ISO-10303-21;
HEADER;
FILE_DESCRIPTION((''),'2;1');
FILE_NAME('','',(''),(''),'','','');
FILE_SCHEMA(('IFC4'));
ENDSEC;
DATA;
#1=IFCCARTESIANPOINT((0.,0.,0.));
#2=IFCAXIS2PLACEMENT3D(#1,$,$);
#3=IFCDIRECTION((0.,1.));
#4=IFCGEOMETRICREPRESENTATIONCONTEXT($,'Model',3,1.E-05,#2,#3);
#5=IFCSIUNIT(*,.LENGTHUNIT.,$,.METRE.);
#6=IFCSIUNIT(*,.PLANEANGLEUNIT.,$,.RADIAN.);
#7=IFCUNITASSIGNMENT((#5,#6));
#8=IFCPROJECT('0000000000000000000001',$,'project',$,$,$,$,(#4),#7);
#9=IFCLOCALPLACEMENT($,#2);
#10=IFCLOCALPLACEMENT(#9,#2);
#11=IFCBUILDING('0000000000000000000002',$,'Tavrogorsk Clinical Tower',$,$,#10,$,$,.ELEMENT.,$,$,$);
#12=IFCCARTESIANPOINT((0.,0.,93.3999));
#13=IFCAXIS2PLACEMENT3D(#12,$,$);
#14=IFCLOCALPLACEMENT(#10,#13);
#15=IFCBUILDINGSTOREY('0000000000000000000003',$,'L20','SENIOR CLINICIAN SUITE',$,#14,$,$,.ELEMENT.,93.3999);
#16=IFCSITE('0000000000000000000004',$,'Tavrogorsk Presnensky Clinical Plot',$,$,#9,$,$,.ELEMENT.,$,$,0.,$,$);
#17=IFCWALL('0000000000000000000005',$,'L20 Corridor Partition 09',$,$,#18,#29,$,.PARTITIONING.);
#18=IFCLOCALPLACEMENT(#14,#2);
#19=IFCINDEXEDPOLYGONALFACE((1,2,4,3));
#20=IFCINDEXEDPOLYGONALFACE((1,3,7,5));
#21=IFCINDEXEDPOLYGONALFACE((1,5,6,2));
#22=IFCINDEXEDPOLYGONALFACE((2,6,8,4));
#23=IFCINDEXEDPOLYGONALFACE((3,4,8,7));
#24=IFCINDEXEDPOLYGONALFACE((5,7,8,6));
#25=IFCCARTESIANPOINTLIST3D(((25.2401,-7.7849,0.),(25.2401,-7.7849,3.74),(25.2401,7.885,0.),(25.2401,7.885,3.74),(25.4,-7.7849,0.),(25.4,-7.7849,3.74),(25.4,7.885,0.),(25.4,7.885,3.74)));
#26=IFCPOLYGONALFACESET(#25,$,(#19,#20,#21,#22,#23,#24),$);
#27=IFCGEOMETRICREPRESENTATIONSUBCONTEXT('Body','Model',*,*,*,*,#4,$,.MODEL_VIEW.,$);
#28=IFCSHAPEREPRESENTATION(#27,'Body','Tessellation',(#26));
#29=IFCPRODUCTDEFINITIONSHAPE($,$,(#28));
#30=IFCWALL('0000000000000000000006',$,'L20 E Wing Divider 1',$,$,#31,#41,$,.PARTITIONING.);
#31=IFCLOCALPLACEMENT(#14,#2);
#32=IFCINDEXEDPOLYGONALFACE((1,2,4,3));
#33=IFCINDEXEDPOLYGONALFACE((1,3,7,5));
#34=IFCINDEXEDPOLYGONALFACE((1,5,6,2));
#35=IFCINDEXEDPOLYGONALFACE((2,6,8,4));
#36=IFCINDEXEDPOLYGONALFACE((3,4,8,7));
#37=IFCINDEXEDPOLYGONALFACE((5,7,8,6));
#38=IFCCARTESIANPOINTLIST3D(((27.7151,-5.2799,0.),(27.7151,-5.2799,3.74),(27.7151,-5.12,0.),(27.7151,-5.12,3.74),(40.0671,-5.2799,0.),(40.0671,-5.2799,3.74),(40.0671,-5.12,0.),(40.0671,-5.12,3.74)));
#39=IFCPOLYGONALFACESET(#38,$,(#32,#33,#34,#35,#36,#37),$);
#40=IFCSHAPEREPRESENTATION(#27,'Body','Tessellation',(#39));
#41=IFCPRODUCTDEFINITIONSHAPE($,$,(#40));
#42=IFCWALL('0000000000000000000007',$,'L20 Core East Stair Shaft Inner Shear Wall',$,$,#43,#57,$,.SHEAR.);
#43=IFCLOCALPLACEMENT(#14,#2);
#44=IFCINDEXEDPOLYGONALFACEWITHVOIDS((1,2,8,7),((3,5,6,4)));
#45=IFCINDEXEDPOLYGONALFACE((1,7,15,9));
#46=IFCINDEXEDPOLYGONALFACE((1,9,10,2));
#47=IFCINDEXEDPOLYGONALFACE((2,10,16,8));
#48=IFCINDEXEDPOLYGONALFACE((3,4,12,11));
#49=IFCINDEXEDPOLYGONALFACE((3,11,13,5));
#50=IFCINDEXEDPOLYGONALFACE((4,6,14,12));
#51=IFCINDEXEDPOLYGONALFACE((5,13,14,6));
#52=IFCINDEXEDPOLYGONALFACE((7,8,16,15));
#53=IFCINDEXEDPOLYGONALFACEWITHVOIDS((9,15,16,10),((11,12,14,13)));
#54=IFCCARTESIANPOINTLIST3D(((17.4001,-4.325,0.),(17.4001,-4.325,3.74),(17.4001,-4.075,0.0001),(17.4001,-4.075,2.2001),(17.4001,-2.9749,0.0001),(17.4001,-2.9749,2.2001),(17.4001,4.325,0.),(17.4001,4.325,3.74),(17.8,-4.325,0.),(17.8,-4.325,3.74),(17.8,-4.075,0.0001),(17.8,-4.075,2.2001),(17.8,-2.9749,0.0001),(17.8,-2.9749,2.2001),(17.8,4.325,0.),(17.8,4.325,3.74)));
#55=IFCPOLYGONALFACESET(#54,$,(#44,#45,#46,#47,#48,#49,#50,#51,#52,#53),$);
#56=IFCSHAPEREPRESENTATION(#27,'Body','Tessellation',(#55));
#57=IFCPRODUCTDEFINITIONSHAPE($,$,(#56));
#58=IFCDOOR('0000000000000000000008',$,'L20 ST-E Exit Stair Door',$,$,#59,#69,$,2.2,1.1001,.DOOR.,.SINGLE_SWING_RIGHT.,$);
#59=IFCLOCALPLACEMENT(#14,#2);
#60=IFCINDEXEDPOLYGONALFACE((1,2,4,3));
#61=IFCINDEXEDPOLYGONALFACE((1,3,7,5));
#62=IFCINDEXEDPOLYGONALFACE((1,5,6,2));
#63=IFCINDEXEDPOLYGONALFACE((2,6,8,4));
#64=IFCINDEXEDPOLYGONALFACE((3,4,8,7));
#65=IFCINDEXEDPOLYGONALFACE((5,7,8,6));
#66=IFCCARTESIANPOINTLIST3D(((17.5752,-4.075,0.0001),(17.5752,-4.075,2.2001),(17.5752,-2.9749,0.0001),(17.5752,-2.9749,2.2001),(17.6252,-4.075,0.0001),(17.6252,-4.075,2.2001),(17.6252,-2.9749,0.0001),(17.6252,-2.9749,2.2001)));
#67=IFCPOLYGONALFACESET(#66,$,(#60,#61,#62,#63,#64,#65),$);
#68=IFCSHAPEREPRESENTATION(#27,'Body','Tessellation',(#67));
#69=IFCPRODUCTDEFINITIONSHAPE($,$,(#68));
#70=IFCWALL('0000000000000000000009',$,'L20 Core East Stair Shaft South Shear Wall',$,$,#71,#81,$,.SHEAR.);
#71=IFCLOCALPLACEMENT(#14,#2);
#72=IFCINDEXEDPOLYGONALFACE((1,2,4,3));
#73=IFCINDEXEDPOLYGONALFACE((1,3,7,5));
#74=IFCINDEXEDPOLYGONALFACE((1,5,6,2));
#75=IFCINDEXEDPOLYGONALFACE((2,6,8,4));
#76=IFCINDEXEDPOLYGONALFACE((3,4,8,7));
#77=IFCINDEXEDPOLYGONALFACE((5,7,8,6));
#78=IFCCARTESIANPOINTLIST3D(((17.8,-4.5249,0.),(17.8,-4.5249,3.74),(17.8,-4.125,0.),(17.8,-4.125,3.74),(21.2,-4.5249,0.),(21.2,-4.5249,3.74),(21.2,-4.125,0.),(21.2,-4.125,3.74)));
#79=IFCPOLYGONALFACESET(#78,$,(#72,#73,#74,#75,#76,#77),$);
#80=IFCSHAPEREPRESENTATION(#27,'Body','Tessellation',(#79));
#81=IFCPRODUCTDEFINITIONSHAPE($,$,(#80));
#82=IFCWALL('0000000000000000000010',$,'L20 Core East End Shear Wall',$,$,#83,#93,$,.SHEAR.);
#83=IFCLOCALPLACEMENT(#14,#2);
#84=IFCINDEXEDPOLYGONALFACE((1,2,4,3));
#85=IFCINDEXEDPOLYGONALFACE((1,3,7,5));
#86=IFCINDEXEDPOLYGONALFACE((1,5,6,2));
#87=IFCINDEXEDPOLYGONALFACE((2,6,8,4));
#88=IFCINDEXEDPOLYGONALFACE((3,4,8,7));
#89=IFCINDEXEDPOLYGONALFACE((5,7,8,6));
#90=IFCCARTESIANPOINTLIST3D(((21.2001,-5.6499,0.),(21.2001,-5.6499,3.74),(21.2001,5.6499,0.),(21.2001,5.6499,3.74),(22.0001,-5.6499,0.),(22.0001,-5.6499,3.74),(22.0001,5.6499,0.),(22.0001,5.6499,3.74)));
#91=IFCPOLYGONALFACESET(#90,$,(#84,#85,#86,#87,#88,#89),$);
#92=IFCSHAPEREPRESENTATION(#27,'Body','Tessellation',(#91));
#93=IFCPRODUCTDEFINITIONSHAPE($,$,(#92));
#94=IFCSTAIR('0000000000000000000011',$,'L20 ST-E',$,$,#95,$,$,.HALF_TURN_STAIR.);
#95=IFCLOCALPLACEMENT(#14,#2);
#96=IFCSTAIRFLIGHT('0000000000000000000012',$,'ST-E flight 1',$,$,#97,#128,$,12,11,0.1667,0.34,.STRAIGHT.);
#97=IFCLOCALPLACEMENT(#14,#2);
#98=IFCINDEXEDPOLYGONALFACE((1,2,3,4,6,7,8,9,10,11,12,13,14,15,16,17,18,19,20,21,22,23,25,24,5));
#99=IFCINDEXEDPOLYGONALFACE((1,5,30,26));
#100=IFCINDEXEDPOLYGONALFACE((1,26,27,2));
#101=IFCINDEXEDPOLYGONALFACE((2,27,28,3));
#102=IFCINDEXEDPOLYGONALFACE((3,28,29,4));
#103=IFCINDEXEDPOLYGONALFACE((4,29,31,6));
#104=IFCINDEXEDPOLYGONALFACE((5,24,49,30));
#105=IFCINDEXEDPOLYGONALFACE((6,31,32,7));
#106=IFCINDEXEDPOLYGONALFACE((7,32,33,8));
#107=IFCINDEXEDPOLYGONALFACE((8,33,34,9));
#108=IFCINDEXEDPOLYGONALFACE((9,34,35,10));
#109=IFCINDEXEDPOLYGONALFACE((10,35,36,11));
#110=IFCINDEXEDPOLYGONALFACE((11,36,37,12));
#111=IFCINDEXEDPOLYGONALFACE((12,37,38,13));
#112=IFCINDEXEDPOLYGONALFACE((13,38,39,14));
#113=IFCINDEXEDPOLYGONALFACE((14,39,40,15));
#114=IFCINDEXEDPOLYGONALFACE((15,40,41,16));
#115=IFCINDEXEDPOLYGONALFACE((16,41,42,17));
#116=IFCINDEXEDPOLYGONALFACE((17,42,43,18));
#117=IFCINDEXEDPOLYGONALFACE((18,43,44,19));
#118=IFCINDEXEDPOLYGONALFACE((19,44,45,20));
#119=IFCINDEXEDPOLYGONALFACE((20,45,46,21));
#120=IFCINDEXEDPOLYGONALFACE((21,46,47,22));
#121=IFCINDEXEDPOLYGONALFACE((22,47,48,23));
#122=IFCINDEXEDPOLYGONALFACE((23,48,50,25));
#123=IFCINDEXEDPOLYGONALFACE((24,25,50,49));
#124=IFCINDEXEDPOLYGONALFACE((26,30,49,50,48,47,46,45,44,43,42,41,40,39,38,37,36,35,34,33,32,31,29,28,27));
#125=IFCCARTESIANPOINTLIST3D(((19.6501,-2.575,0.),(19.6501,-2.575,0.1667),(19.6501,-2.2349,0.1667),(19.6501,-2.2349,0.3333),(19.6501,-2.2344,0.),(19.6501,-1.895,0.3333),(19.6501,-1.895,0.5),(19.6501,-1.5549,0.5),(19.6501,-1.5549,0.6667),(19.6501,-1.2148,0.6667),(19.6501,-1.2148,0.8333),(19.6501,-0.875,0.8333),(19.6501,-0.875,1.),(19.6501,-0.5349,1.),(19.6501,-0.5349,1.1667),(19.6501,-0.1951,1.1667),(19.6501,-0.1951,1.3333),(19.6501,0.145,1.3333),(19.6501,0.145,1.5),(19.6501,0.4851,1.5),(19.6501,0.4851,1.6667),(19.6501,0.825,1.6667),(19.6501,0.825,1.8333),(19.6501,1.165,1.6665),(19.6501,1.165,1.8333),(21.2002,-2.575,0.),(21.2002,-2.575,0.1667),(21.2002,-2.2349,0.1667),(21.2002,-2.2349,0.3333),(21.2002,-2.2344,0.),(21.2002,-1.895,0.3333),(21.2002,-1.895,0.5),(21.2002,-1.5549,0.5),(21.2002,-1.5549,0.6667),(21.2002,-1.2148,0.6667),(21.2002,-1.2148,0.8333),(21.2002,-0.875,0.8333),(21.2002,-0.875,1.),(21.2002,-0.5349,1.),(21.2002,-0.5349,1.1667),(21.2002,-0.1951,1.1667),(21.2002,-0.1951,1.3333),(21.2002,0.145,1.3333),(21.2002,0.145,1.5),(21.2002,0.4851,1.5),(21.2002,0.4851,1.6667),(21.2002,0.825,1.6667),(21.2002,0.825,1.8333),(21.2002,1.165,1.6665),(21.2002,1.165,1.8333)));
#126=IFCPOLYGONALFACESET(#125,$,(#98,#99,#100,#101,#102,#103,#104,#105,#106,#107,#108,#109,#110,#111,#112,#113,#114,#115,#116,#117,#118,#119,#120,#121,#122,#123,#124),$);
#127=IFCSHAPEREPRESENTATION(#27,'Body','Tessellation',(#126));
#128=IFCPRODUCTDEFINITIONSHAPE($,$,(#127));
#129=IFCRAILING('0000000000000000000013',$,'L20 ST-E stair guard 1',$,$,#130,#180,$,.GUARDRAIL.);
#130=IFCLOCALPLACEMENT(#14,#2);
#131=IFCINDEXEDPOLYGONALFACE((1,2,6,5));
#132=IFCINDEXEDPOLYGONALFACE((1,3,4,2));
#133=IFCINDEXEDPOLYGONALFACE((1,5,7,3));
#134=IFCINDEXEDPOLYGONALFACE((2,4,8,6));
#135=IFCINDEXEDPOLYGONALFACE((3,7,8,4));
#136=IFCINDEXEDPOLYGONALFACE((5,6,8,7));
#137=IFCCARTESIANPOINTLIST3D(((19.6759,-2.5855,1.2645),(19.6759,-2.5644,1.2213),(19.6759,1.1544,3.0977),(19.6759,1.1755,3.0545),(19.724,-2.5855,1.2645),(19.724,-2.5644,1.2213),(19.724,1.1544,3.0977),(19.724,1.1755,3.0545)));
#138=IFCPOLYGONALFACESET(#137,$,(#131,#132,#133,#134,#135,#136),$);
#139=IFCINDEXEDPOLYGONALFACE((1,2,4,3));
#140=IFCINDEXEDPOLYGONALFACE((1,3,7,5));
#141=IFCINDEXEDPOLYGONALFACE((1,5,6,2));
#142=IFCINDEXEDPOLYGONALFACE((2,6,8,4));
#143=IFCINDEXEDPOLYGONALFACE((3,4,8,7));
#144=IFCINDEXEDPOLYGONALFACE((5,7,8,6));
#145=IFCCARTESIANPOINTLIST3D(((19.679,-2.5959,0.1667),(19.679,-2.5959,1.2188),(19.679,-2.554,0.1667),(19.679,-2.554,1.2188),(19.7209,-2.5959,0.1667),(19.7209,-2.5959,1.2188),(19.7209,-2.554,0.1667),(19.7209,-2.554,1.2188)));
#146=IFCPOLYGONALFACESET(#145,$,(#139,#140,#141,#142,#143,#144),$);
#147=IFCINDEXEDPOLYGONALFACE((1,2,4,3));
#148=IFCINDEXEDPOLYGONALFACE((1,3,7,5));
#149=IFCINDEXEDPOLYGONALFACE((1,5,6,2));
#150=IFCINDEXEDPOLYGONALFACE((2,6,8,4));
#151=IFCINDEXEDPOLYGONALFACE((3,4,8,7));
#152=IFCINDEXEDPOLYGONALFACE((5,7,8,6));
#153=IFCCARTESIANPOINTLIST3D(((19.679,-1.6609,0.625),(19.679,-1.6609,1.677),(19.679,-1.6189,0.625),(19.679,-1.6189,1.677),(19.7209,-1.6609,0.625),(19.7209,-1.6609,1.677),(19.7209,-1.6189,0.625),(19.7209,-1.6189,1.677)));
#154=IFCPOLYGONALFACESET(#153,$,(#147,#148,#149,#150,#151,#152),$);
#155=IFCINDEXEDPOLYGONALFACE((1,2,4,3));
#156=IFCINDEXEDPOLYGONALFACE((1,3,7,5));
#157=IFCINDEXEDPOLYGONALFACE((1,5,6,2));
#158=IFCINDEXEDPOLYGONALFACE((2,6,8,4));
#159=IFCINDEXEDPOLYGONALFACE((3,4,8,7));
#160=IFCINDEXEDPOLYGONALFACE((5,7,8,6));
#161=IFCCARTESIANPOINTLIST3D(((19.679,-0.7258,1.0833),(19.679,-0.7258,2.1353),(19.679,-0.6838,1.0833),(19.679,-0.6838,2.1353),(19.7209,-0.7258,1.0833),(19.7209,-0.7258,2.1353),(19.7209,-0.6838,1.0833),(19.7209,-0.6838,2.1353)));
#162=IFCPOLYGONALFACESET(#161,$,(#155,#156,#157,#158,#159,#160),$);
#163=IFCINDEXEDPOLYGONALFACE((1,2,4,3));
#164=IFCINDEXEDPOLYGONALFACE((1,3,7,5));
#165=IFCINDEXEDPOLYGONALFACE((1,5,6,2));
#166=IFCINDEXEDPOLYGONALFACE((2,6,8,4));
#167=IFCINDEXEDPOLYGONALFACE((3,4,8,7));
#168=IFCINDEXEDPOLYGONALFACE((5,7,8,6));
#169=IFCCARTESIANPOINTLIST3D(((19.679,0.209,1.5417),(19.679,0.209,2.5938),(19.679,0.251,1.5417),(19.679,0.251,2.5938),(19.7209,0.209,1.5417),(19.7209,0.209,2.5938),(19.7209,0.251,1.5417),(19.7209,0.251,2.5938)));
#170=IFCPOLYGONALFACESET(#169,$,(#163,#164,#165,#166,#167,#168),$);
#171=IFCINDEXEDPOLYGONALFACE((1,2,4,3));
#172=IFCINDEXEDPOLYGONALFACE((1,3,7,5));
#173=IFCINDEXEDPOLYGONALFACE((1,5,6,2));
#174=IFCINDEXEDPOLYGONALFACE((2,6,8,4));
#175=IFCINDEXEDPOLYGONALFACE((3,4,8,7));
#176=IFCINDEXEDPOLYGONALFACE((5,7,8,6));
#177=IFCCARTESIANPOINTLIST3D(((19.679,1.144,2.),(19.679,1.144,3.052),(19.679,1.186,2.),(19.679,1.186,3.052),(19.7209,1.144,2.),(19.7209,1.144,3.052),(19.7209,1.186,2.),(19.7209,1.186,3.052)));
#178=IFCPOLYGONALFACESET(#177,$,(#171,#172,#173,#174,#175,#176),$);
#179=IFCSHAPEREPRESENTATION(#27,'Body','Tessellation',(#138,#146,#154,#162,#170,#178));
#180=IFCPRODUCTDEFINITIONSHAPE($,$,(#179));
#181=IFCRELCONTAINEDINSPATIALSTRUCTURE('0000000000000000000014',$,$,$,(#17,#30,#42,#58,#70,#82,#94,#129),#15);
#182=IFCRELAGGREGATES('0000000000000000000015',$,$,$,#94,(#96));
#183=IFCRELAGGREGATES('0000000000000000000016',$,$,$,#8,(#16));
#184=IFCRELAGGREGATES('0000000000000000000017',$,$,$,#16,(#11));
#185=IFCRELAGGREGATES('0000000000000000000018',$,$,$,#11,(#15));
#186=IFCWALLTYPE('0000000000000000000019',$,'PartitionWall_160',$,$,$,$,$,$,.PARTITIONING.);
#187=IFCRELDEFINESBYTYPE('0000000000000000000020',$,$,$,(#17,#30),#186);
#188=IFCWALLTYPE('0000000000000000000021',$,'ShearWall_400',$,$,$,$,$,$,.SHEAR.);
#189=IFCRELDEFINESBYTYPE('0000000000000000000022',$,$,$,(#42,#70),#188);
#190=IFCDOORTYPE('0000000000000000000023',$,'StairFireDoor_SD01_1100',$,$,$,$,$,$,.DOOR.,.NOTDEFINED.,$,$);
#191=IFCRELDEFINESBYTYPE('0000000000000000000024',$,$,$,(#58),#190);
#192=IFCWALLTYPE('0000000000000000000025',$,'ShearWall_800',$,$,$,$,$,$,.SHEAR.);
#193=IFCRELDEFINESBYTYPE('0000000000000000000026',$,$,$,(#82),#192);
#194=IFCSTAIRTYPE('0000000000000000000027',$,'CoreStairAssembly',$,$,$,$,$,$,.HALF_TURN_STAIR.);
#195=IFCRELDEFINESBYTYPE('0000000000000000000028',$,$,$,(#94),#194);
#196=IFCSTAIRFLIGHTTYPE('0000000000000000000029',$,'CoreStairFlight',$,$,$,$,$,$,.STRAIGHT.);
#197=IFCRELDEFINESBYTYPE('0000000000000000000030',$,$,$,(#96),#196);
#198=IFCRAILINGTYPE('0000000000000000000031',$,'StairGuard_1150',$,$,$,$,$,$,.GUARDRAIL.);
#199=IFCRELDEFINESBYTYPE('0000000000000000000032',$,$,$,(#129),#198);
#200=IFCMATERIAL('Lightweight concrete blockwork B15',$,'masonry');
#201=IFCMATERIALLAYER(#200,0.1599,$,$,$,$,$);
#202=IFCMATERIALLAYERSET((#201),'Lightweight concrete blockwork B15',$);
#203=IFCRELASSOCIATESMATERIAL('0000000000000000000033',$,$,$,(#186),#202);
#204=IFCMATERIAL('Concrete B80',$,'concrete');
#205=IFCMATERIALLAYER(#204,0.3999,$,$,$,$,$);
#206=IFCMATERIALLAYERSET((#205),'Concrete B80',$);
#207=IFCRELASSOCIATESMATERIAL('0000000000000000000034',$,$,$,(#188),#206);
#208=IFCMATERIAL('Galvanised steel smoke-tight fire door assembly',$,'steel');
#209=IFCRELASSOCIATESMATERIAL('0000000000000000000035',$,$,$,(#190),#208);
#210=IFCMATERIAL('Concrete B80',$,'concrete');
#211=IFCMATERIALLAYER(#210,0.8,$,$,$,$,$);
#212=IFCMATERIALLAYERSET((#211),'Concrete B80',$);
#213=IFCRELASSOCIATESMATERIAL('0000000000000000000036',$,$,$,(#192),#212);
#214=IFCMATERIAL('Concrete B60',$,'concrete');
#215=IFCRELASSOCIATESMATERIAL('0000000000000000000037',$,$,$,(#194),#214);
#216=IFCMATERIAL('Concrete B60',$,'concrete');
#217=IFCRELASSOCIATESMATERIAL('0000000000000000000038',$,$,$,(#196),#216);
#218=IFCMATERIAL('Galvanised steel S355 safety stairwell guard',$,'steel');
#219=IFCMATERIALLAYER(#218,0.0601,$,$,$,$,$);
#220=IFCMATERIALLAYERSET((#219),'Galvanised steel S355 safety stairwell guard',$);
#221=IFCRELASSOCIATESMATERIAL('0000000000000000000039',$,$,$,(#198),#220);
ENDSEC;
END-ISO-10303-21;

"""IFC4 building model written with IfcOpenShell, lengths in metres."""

from ifc_helpers import new_model, si_unit, direction, frame, frame_2d, origin, origin_2d, place, context, subcontext, project, spatial, polyline, rectangle, outline, extrude, material, layer, layer_set, type_object, element, fill, aggregate, save


model = new_model("IFC4")

# Units and contexts
model_context = context("Model", 3, precision=1e-05, world=origin(), true_north=direction((0.0, 1.0)))
body_context = subcontext(model_context, "Body", "Model", "MODEL_VIEW")
ifc_project = project(units=[si_unit("LENGTHUNIT", "METRE"), si_unit("PLANEANGLEUNIT", "RADIAN")], contexts=[model_context])

# Site, building, storey
site_placement = place(None, origin())
site = spatial("IfcSite", under=ifc_project, at=site_placement, Name="Tavrogorsk Presnensky Clinical Plot", CompositionType="ELEMENT", RefElevation=0.0)
building_placement = place(site_placement, origin())
building = spatial("IfcBuilding", under=site, at=building_placement, Name="Tavrogorsk Clinical Tower", CompositionType="ELEMENT")
storey_placement = place(building_placement, frame((0.0, 0.0, 93.3999)))
storey = spatial("IfcBuildingStorey", under=building, at=storey_placement, Name="L20", Description="SENIOR CLINICIAN SUITE", CompositionType="ELEMENT", Elevation=93.3999)

# Shared definitions
ifc_material_1 = material(Name="Lightweight concrete blockwork B15", Category="masonry")
ifc_layer_1 = layer(ifc_material_1, 0.1599)
ifc_layer_set_1 = layer_set([ifc_layer_1], Name="Lightweight concrete blockwork B15")
wall_type_1 = type_object("IfcWallType", Name="PartitionWall_160", PredefinedType="PARTITIONING", material=ifc_layer_set_1)

# Walls
wall_1_placement = place(storey_placement, frame((25.3201, -7.7849, 0.0), z_axis=(0.0, 0.0, 1.0), x_axis=(0.0, 1.0, 0.0)))
element("IfcWall", 1, at=wall_1_placement, inside=storey, type_object=wall_type_1, Name="L20 Corridor Partition 09", PredefinedType="PARTITIONING", context=body_context, shape_type="SweptSolid", body=[
    extrude(rectangle(XDim=15.6699, YDim=0.1599, at=frame_2d((7.835, 0.0))), origin(), (0.0, 0.0, 1.0), 3.74),
])
wall_2_placement = place(storey_placement, frame((27.7151, -5.2, 0.0), z_axis=(0.0, 0.0, 1.0), x_axis=(1.0, 0.0, 0.0)))
element("IfcWall", 2, at=wall_2_placement, inside=storey, type_object=wall_type_1, Name="L20 E Wing Divider 1", PredefinedType="PARTITIONING", context=body_context, shape_type="SweptSolid", body=[
    extrude(rectangle(XDim=12.3521, YDim=0.1599, at=frame_2d((6.176, 0.0))), origin(), (0.0, 0.0, 1.0), 3.74),
])

# Wall, opening, door
ifc_material_2 = material(Name="Concrete B80", Category="concrete")
ifc_layer_2 = layer(ifc_material_2, 0.3999)
ifc_layer_set_2 = layer_set([ifc_layer_2], Name="Concrete B80")
wall_type_2 = type_object("IfcWallType", Name="ShearWall_400", PredefinedType="SHEAR", material=ifc_layer_set_2)
wall_3_placement = place(storey_placement, frame((17.6001, -4.325, 0.0), z_axis=(0.0, 0.0, 1.0), x_axis=(0.0, 1.0, 0.0)))
wall_3 = element("IfcWall", 3, at=wall_3_placement, inside=storey, type_object=wall_type_2, Name="L20 Core East Stair Shaft Inner Shear Wall", PredefinedType="SHEAR", context=body_context, shape_type="SweptSolid", body=[
    extrude(rectangle(XDim=8.6499, YDim=0.3999, at=frame_2d((4.325, 0.0))), origin(), (0.0, 0.0, 1.0), 3.74),
])
opening_1_placement = place(wall_3_placement, frame((0.25, 0.0, 0.0)))
opening_1 = element("IfcOpeningElement", 4, at=opening_1_placement, cuts=wall_3, PredefinedType="OPENING", context=body_context, shape_type="SweptSolid", body=[
    extrude(rectangle(XDim=1.1001, YDim=2.2, at=frame_2d((0.55, 1.1001))), frame((0.0, 0.21, 0.0), z_axis=(0.0, -1.0, 0.0), x_axis=(1.0, 0.0, 0.0)), (0.0, 0.0, 1.0), 0.4199),
])
ifc_material_3 = material(Name="Galvanised steel smoke-tight fire door assembly", Category="steel")
door_type_1 = type_object("IfcDoorType", Name="StairFireDoor_SD01_1100", OperationType="NOTDEFINED", PredefinedType="DOOR", material=ifc_material_3)
door_1_placement = place(opening_1_placement, origin())
door_1 = element("IfcDoor", 5, at=door_1_placement, inside=storey, type_object=door_type_1, Name="L20 ST-E Exit Stair Door", OperationType="SINGLE_SWING_RIGHT", OverallHeight=2.2, OverallWidth=1.1001, PredefinedType="DOOR", context=body_context, shape_type="SweptSolid", body=[
    extrude(rectangle(XDim=1.1001, YDim=2.2, at=frame_2d((0.55, 1.1001))), frame((0.0, 0.0249, 0.0), z_axis=(0.0, -1.0, 0.0), x_axis=(1.0, 0.0, 0.0)), (0.0, 0.0, 1.0), 0.05),
])
fill(opening_1, door_1)

# Walls
wall_4_placement = place(storey_placement, frame((17.8, -4.325, 0.0), z_axis=(0.0, 0.0, 1.0), x_axis=(1.0, 0.0, 0.0)))
element("IfcWall", 6, at=wall_4_placement, inside=storey, type_object=wall_type_2, Name="L20 Core East Stair Shaft South Shear Wall", PredefinedType="SHEAR", context=body_context, shape_type="SweptSolid", body=[
    extrude(rectangle(XDim=3.3999, YDim=0.3999, at=frame_2d((1.7, 0.0))), origin(), (0.0, 0.0, 1.0), 3.74),
])
ifc_material_4 = material(Name="Concrete B80", Category="concrete")
ifc_layer_3 = layer(ifc_material_4, 0.8)
ifc_layer_set_3 = layer_set([ifc_layer_3], Name="Concrete B80")
wall_type_3 = type_object("IfcWallType", Name="ShearWall_800", PredefinedType="SHEAR", material=ifc_layer_set_3)
wall_5_placement = place(storey_placement, frame((21.6001, -5.6499, 0.0), z_axis=(0.0, 0.0, 1.0), x_axis=(0.0, 1.0, 0.0)))
element("IfcWall", 7, at=wall_5_placement, inside=storey, type_object=wall_type_3, Name="L20 Core East End Shear Wall", PredefinedType="SHEAR", context=body_context, shape_type="SweptSolid", body=[
    extrude(rectangle(XDim=11.2998, YDim=0.8, at=frame_2d((5.6499, 0.0))), origin(), (0.0, 0.0, 1.0), 3.74),
])

# Stair, stair flight
ifc_material_5 = material(Name="Concrete B60", Category="concrete")
stair_type = type_object("IfcStairType", Name="CoreStairAssembly", PredefinedType="HALF_TURN_STAIR", material=ifc_material_5)
stair_placement = place(storey_placement, origin())
stair = element("IfcStair", 8, at=stair_placement, inside=storey, type_object=stair_type, Name="L20 ST-E", PredefinedType="HALF_TURN_STAIR")
ifc_material_6 = material(Name="Concrete B60", Category="concrete")
stair_flight_type = type_object("IfcStairFlightType", Name="CoreStairFlight", PredefinedType="STRAIGHT", material=ifc_material_6)
stair_flight_placement = place(storey_placement, frame((20.425, -2.575, 0.0), z_axis=(0.0, 0.0, 1.0), x_axis=(0.0, 1.0, 0.0)))
stair_flight = element("IfcStairFlight", 9, at=stair_flight_placement, type_object=stair_flight_type, Name="ST-E flight 1", NumberOfRisers=12, NumberOfTreads=11, PredefinedType="STRAIGHT", RiserHeight=0.1667, TreadLength=0.34, context=body_context, shape_type="SweptSolid", body=[
    extrude(outline(polyline([(0.0, 0.0), (0.0, 0.1667), (0.3401, 0.1667), (0.3401, 0.3333), (0.6799, 0.3333), (0.6799, 0.5), (1.02, 0.5), (1.02, 0.6667), (1.3601, 0.6667), (1.3601, 0.8333), (1.7, 0.8333), (1.7, 1.0), (2.04, 1.0), (2.04, 1.1667), (2.3799, 1.1667), (2.3799, 1.3333), (2.72, 1.3333), (2.72, 1.5), (3.0601, 1.5), (3.0601, 1.6667), (3.3999, 1.6667), (3.3999, 1.8333), (3.74, 1.8333), (3.74, 2.0), (3.74, 1.6665), (0.3406, 0.0), (0.0, 0.0)])), frame((0.0, 0.7749, 0.0), z_axis=(0.0, -1.0, 0.0), x_axis=(1.0, 0.0, 0.0)), (0.0, 0.0, 1.0), 1.55),
])
aggregate(stair, [stair_flight])

# Railing
ifc_material_7 = material(Name="Galvanised steel S355 safety stairwell guard", Category="steel")
ifc_layer_4 = layer(ifc_material_7, 0.0601)
ifc_layer_set_4 = layer_set([ifc_layer_4], Name="Galvanised steel S355 safety stairwell guard")
railing_type_1 = type_object("IfcRailingType", Name="StairGuard_1150", PredefinedType="GUARDRAIL", material=ifc_layer_set_4)
railing_1_placement = place(storey_placement, frame((19.7, -2.575, 0.1667)))
element("IfcRailing", 10, at=railing_1_placement, inside=storey, type_object=railing_type_1, Name="L20 ST-E stair guard 1", PredefinedType="GUARDRAIL", context=body_context, shape_type="SweptSolid", body=[
    extrude(rectangle(XDim=0.0481, YDim=0.0481, at=origin_2d()), frame((0.0, 0.0, 1.0762), z_axis=(0.0, 0.897928, 0.440142), x_axis=(-1.0, 0.0, 0.0)), (0.0, 0.0, 1.0), 4.165),
    extrude(rectangle(XDim=0.042, YDim=0.042, at=origin_2d()), origin(), (0.0, 0.0, 1.0), 1.052),
    extrude(rectangle(XDim=0.042, YDim=0.042, at=origin_2d()), frame((0.0, 0.9351, 0.4583)), (0.0, 0.0, 1.0), 1.052),
    extrude(rectangle(XDim=0.042, YDim=0.042, at=origin_2d()), frame((0.0, 1.8701, 0.9165)), (0.0, 0.0, 1.0), 1.052),
    extrude(rectangle(XDim=0.042, YDim=0.042, at=origin_2d()), frame((0.0, 2.8049, 1.375)), (0.0, 0.0, 1.0), 1.052),
    extrude(rectangle(XDim=0.042, YDim=0.042, at=origin_2d()), frame((0.0, 3.74, 1.8333)), (0.0, 0.0, 1.0), 1.052),
])

save(model, "model.ifc")
